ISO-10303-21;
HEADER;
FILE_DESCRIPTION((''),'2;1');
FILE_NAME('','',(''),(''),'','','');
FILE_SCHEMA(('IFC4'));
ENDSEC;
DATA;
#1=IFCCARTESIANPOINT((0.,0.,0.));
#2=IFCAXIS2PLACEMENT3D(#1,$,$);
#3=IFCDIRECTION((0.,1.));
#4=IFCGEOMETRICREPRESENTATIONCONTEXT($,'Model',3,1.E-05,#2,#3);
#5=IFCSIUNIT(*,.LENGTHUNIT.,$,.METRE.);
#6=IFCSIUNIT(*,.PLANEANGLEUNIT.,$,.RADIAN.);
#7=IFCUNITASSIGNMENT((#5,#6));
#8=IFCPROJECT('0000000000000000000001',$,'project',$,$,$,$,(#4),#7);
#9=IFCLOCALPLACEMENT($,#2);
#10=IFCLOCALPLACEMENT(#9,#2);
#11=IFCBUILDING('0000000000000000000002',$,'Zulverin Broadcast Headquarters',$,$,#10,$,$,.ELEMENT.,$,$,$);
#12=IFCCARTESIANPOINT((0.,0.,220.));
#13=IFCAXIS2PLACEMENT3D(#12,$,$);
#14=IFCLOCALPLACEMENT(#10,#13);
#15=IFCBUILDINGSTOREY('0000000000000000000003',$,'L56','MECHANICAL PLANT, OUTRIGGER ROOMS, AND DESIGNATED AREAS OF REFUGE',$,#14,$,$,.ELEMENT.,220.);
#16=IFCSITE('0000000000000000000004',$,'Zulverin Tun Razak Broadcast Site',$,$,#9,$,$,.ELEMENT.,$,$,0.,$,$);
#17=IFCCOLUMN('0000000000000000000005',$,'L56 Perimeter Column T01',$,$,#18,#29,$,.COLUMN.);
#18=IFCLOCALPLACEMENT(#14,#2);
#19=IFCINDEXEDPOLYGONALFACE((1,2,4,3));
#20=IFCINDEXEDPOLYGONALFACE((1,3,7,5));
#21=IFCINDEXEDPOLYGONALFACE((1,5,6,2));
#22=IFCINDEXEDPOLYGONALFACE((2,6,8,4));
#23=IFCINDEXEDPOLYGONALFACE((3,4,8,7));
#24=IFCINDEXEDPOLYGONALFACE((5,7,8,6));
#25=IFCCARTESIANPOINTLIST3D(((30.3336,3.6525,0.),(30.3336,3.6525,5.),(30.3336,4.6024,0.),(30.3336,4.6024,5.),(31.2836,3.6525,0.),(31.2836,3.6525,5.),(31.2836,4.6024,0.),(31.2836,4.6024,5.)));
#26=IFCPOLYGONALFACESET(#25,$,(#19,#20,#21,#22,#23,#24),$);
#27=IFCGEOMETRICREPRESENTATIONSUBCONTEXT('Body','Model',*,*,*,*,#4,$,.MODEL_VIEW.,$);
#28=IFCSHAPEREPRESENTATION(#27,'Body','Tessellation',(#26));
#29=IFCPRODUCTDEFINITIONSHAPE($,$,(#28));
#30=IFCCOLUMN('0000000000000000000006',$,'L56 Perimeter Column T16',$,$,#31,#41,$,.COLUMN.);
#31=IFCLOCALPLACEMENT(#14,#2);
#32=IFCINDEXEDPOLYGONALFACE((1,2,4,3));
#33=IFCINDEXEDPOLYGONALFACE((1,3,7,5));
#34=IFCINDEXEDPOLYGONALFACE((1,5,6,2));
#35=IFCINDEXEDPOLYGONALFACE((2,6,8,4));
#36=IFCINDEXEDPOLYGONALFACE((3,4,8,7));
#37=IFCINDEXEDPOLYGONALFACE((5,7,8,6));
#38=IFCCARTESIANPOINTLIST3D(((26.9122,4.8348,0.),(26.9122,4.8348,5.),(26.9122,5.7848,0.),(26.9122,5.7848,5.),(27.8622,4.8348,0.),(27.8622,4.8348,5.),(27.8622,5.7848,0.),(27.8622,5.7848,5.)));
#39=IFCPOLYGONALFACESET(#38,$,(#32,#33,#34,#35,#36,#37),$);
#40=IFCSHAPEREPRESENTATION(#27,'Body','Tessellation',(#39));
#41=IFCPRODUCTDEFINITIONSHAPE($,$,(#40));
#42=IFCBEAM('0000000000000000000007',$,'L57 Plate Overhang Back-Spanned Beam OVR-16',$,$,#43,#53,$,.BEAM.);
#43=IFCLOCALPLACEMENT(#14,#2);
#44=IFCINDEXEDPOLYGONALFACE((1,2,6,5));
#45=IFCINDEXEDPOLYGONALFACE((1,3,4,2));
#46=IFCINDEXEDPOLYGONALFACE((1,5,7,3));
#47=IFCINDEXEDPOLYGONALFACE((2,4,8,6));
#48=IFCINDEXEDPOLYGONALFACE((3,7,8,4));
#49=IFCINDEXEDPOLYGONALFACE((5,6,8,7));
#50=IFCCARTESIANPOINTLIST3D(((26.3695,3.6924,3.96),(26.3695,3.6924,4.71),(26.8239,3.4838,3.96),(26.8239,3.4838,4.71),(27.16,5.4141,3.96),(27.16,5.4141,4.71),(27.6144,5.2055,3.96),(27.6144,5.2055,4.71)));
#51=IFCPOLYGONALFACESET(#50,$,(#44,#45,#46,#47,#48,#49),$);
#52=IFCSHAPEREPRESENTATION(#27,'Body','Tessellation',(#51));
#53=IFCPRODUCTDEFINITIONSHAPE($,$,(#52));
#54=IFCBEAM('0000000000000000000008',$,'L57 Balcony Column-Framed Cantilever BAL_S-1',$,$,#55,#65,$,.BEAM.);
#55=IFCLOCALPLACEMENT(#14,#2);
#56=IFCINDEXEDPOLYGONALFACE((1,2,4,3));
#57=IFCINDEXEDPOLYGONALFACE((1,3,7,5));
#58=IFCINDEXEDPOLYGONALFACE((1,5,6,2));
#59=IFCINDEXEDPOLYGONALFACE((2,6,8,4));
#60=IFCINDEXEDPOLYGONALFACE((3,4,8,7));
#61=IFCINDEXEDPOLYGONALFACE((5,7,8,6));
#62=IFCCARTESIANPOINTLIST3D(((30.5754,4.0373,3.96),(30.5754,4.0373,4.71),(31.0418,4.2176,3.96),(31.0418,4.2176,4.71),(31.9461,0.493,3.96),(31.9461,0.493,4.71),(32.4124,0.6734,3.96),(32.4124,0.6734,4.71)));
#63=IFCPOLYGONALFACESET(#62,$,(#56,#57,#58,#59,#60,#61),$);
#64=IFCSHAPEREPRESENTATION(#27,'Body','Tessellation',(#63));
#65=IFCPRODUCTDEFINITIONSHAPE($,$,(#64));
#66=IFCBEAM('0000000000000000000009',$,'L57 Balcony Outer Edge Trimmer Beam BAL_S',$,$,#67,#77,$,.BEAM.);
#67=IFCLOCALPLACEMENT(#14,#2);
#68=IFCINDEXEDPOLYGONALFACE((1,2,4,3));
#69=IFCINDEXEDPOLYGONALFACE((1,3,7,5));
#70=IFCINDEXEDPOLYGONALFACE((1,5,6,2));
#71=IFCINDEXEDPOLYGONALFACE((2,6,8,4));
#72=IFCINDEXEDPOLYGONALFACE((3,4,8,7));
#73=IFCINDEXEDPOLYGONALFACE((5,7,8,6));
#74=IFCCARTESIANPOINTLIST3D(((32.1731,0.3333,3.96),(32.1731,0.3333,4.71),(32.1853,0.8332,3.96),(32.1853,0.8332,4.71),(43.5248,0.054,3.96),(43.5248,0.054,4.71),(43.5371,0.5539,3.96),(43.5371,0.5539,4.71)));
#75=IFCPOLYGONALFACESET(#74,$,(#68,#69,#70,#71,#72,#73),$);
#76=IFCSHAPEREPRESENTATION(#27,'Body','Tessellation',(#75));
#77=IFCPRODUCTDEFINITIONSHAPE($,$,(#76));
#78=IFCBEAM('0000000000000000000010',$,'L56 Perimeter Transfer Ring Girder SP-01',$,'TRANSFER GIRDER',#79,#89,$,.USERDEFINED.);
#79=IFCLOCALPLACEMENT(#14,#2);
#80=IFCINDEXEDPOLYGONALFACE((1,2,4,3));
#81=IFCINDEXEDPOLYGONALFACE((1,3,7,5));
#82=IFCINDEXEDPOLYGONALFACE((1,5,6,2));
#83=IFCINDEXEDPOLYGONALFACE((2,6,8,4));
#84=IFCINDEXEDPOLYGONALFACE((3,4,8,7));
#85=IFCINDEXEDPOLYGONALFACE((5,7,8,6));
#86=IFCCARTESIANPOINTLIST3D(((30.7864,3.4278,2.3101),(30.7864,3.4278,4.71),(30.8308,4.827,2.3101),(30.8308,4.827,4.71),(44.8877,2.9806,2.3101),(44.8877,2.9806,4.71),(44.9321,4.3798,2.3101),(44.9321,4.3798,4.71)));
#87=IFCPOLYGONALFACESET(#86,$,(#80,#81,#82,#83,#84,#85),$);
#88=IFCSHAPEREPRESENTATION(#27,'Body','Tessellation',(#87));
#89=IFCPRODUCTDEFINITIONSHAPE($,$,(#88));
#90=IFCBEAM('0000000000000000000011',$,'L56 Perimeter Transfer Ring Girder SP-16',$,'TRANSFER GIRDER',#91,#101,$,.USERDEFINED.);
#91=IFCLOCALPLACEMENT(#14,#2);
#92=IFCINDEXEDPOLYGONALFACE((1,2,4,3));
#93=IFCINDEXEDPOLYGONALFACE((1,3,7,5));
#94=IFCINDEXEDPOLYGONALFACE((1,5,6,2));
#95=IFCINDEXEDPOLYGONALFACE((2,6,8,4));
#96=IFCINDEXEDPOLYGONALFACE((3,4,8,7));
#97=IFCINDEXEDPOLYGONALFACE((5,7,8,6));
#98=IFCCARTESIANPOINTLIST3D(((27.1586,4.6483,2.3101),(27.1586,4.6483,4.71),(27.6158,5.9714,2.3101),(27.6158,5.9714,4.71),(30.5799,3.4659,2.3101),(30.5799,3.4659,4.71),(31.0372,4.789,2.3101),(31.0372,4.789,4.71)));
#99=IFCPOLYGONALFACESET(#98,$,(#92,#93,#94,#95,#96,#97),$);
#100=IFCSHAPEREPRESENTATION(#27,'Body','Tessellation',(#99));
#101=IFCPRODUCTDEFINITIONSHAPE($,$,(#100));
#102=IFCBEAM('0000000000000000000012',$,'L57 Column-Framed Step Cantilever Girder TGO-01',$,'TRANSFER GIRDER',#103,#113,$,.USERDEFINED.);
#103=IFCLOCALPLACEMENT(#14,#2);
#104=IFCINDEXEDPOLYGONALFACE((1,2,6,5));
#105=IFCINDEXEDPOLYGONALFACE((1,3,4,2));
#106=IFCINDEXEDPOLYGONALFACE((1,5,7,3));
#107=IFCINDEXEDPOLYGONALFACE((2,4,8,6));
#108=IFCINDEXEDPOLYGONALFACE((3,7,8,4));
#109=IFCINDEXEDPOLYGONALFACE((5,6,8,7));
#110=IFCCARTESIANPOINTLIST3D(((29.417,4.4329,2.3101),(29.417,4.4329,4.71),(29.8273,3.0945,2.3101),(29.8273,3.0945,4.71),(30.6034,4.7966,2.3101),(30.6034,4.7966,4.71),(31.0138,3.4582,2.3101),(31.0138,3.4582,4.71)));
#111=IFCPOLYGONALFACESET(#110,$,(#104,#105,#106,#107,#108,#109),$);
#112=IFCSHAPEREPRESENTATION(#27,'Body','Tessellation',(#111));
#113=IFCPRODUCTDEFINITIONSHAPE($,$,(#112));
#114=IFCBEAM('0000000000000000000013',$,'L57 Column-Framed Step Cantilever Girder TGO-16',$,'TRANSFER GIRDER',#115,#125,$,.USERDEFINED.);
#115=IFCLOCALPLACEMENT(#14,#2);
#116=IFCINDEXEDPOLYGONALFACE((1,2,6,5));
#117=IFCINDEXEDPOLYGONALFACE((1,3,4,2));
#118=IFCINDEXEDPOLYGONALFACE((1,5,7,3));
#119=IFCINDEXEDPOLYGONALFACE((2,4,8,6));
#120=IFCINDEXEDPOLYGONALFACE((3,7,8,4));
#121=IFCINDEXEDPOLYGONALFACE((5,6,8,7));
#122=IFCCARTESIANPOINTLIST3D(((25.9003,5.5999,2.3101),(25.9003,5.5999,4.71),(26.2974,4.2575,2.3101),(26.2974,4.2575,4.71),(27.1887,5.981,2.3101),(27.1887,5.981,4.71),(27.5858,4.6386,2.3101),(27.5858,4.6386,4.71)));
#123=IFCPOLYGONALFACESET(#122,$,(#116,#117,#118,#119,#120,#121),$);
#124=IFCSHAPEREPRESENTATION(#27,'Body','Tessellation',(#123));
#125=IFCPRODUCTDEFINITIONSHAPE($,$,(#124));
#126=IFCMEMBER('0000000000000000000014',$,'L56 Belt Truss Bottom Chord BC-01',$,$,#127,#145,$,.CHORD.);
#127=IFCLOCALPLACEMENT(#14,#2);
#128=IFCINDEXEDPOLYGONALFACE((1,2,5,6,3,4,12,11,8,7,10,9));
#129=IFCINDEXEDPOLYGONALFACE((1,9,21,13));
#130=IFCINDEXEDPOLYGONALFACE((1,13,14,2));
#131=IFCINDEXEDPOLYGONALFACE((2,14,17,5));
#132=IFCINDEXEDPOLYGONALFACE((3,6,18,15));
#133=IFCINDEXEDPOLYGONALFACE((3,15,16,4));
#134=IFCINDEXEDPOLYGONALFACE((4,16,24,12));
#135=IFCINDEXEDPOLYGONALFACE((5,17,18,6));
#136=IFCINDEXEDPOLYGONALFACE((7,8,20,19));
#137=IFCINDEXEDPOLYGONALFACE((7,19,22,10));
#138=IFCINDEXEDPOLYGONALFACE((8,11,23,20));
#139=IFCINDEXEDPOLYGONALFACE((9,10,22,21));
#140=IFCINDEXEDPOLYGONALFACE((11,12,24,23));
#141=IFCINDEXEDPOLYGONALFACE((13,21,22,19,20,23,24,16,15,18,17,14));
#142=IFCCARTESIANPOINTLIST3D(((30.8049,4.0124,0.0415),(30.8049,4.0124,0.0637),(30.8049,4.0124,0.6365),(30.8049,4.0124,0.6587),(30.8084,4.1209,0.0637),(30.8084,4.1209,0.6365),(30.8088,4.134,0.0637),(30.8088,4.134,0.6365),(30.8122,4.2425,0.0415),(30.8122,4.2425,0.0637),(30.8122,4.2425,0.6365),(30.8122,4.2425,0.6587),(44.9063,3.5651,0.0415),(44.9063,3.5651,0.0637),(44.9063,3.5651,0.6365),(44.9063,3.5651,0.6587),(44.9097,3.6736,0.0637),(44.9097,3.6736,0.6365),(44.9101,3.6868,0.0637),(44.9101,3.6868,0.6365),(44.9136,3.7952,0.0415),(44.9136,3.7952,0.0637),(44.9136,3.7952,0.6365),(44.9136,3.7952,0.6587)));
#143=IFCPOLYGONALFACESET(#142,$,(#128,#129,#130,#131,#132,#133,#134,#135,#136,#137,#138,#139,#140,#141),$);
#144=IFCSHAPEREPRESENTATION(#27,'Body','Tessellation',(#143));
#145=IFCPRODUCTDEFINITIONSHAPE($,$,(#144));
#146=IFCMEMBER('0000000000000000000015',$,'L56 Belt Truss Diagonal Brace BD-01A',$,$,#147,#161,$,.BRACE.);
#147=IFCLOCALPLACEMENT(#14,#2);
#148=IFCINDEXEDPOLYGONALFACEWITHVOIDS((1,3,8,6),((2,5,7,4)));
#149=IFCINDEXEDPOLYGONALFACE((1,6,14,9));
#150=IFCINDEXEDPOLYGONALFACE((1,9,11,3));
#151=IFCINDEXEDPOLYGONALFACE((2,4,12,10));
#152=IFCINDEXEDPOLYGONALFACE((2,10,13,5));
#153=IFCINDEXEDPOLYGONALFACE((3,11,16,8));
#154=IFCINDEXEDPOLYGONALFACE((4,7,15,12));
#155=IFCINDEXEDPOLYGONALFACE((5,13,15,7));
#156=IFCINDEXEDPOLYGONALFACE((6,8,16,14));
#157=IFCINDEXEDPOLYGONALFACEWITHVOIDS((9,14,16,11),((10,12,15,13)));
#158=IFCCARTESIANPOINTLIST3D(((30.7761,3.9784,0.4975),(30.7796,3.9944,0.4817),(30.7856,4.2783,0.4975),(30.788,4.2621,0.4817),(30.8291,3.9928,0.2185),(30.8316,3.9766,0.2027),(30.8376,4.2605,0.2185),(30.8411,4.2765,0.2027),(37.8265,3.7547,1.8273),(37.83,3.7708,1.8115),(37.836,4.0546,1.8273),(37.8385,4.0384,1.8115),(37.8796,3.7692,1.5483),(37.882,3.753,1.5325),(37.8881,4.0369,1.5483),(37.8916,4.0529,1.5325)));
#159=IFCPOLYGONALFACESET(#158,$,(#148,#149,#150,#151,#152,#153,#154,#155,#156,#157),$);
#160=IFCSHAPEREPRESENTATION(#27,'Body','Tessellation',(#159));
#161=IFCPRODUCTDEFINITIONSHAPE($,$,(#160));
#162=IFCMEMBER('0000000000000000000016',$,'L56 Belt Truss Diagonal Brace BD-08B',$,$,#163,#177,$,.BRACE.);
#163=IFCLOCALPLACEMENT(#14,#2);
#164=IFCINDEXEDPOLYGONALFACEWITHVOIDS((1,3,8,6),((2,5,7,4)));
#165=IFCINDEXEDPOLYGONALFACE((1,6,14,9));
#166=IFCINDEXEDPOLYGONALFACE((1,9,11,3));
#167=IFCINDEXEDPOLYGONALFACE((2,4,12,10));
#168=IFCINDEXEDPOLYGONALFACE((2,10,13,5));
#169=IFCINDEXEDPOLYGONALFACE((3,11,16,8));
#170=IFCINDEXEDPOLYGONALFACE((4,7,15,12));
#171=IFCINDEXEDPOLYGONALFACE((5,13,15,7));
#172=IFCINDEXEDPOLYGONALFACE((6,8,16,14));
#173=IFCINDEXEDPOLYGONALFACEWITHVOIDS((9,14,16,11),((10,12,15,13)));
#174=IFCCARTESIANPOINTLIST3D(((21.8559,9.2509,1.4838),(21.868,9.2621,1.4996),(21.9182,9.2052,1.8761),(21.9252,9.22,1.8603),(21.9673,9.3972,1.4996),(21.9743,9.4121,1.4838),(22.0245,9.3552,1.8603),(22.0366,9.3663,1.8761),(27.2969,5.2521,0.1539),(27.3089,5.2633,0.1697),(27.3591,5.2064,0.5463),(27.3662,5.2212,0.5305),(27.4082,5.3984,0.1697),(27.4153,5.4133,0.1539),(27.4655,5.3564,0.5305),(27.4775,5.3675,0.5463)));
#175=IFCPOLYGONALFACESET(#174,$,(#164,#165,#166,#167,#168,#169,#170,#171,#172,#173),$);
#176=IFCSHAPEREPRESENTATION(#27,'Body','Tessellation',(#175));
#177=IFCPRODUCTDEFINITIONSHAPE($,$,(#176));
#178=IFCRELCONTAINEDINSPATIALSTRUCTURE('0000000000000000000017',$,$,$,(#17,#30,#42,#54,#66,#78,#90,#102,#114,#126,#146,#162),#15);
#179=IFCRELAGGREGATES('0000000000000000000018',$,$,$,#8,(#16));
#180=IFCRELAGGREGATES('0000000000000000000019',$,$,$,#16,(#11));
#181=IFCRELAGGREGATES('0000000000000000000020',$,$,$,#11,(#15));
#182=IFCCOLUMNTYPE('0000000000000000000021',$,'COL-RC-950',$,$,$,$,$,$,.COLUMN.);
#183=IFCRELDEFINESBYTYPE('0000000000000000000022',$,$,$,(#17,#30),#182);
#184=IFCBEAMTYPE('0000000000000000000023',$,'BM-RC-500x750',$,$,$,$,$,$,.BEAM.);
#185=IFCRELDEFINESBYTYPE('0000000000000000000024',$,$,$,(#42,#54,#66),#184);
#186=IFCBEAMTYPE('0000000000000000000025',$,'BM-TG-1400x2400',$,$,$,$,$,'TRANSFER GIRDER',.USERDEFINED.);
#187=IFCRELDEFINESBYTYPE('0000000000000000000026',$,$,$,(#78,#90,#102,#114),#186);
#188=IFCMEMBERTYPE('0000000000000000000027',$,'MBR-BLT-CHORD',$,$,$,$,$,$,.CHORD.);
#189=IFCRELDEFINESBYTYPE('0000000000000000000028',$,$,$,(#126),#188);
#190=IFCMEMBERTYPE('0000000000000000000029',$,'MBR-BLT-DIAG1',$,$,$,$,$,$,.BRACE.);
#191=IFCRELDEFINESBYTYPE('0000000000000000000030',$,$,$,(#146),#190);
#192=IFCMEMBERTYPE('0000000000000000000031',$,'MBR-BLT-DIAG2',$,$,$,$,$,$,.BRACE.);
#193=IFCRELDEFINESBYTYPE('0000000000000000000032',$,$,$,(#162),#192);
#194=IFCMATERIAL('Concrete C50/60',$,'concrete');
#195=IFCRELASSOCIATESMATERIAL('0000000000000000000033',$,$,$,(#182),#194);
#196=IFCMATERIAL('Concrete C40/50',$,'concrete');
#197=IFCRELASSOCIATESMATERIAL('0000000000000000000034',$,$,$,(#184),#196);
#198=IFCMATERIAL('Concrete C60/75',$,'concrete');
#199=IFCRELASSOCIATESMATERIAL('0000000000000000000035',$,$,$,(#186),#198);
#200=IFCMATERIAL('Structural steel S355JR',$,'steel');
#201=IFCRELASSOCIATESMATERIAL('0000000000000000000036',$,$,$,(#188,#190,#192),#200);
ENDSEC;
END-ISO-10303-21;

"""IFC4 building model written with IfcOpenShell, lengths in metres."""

from ifc_helpers import new_model, si_unit, direction, frame, origin, origin_2d, place, context, subcontext, project, spatial, rectangle, hollow_rectangle, i_section, extrude, material, material_profile, profile_set, type_object, element, save


model = new_model("IFC4")

# Units and contexts
model_context = context("Model", 3, precision=1e-05, world=origin(), true_north=direction((0.0, 1.0)))
body_context = subcontext(model_context, "Body", "Model", "MODEL_VIEW")
ifc_project = project(units=[si_unit("LENGTHUNIT", "METRE"), si_unit("PLANEANGLEUNIT", "RADIAN")], contexts=[model_context])

# Site, building, storey
site_placement = place(None, origin())
site = spatial("IfcSite", under=ifc_project, at=site_placement, Name="Zulverin Tun Razak Broadcast Site", CompositionType="ELEMENT", RefElevation=0.0)
building_placement = place(site_placement, origin())
building = spatial("IfcBuilding", under=site, at=building_placement, Name="Zulverin Broadcast Headquarters", CompositionType="ELEMENT")
storey_placement = place(building_placement, frame((0.0, 0.0, 220.0)))
storey = spatial("IfcBuildingStorey", under=building, at=storey_placement, Name="L56", Description="MECHANICAL PLANT, OUTRIGGER ROOMS, AND DESIGNATED AREAS OF REFUGE", CompositionType="ELEMENT", Elevation=220.0)

# Columns
ifc_material_1 = material(Name="Concrete C50/60", Category="concrete")
ifc_material_profile_1 = material_profile(ifc_material_1, rectangle(XDim=0.95, YDim=0.95, at=origin_2d()), Name="Concrete C50/60", Category="concrete")
ifc_profile_set_1 = profile_set([ifc_material_profile_1], Name="Concrete C50/60")
column_type = type_object("IfcColumnType", Name="COL-RC-950", PredefinedType="COLUMN", material=ifc_profile_set_1)
for number, where, z_axis, x_axis, name in (
    (1, (30.8086, 4.1274, 0.0), (0.0, 0.0, 1.0), (1.0, 0.0, 0.0), "L56 Perimeter Column T01"),
    (2, (27.3872, 5.3098, 0.0), (0.0, 0.0, 1.0), (1.0, 0.0, 0.0), "L56 Perimeter Column T16"),
):
    element("IfcColumn", number, at=place(storey_placement, frame(where, z_axis=z_axis, x_axis=x_axis)), inside=storey, type_object=column_type, Name=name, PredefinedType="COLUMN", context=body_context, shape_type="SweptSolid", body=[
        extrude(rectangle(XDim=0.95, YDim=0.95, at=origin_2d()), origin(), (0.0, 0.0, 1.0), 5.0),
    ])

# Beams
ifc_material_2 = material(Name="Concrete C40/50", Category="concrete")
ifc_material_profile_2 = material_profile(ifc_material_2, rectangle(XDim=0.5, YDim=0.75, at=origin_2d()), Name="Concrete C40/50", Category="concrete")
ifc_profile_set_2 = profile_set([ifc_material_profile_2], Name="Concrete C40/50")
beam_type_1 = type_object("IfcBeamType", Name="BM-RC-500x750", PredefinedType="BEAM", material=ifc_profile_set_2)
beam_1_placement = place(storey_placement, frame((27.3872, 5.3098, 4.335), z_axis=(-0.417276, -0.90878, 0.0), x_axis=(0.90878, -0.417276, 0.0)))
element("IfcBeam", 3, at=beam_1_placement, inside=storey, type_object=beam_type_1, Name="L57 Plate Overhang Back-Spanned Beam OVR-16", PredefinedType="BEAM", context=body_context, shape_type="SweptSolid", body=[
    extrude(rectangle(XDim=0.5, YDim=0.75, at=origin_2d()), origin(), (0.0, 0.0, 1.0), 1.8945),
])
beam_2_placement = place(storey_placement, frame((30.8086, 4.1274, 4.335), z_axis=(0.360688, -0.932687, 0.0), x_axis=(0.932687, 0.360688, 0.0)))
element("IfcBeam", 4, at=beam_2_placement, inside=storey, type_object=beam_type_1, Name="L57 Balcony Column-Framed Cantilever BAL_S-1", PredefinedType="BEAM", context=body_context, shape_type="SweptSolid", body=[
    extrude(rectangle(XDim=0.5, YDim=0.75, at=origin_2d()), origin(), (0.0, 0.0, 1.0), 3.8),
])
beam_3_placement = place(storey_placement, frame((32.1792, 0.5833, 4.335), z_axis=(0.999697, -0.024596, 0.0), x_axis=(0.024596, 0.999697, 0.0)))
element("IfcBeam", 5, at=beam_3_placement, inside=storey, type_object=beam_type_1, Name="L57 Balcony Outer Edge Trimmer Beam BAL_S", PredefinedType="BEAM", context=body_context, shape_type="SweptSolid", body=[
    extrude(rectangle(XDim=0.5, YDim=0.75, at=origin_2d()), origin(), (0.0, 0.0, 1.0), 11.3552),
])
ifc_material_3 = material(Name="Concrete C60/75", Category="concrete")
ifc_material_profile_3 = material_profile(ifc_material_3, rectangle(XDim=1.3999, YDim=2.3999, at=origin_2d()), Name="Concrete C60/75", Category="concrete")
ifc_profile_set_3 = profile_set([ifc_material_profile_3], Name="Concrete C60/75")
beam_type_2 = type_object("IfcBeamType", Name="BM-TG-1400x2400", ElementType="TRANSFER GIRDER", PredefinedType="USERDEFINED", material=ifc_profile_set_3)
beam_4_placement = place(storey_placement, frame((30.8086, 4.1274, 3.51), z_axis=(0.999497, -0.031702, 0.0), x_axis=(0.031702, 0.999497, 0.0)))
element("IfcBeam", 6, at=beam_4_placement, inside=storey, type_object=beam_type_2, Name="L56 Perimeter Transfer Ring Girder SP-01", ObjectType="TRANSFER GIRDER", PredefinedType="USERDEFINED", context=body_context, shape_type="SweptSolid", body=[
    extrude(rectangle(XDim=1.3999, YDim=2.3999, at=origin_2d()), origin(), (0.0, 0.0, 1.0), 14.1084),
])
beam_5_placement = place(storey_placement, frame((27.3872, 5.3098, 3.51), z_axis=(0.945153, -0.326629, 0.0), x_axis=(0.326629, 0.945153, 0.0)))
element("IfcBeam", 7, at=beam_5_placement, inside=storey, type_object=beam_type_2, Name="L56 Perimeter Transfer Ring Girder SP-16", ObjectType="TRANSFER GIRDER", PredefinedType="USERDEFINED", context=body_context, shape_type="SweptSolid", body=[
    extrude(rectangle(XDim=1.3999, YDim=2.3999, at=origin_2d()), origin(), (0.0, 0.0, 1.0), 3.6199),
])
beam_6_placement = place(storey_placement, frame((30.8086, 4.1274, 3.51), z_axis=(-0.956076, -0.293118, 0.0), x_axis=(0.293118, -0.956076, 0.0)))
element("IfcBeam", 8, at=beam_6_placement, inside=storey, type_object=beam_type_2, Name="L57 Column-Framed Step Cantilever Girder TGO-01", ObjectType="TRANSFER GIRDER", PredefinedType="USERDEFINED", context=body_context, shape_type="SweptSolid", body=[
    extrude(rectangle(XDim=1.3999, YDim=2.3999, at=origin_2d()), origin(), (0.0, 0.0, 1.0), 1.241),
])
beam_7_placement = place(storey_placement, frame((27.3872, 5.3098, 3.51), z_axis=(-0.958925, -0.283661, 0.0), x_axis=(0.283661, -0.958925, 0.0)))
element("IfcBeam", 9, at=beam_7_placement, inside=storey, type_object=beam_type_2, Name="L57 Column-Framed Step Cantilever Girder TGO-16", ObjectType="TRANSFER GIRDER", PredefinedType="USERDEFINED", context=body_context, shape_type="SweptSolid", body=[
    extrude(rectangle(XDim=1.3999, YDim=2.3999, at=origin_2d()), origin(), (0.0, 0.0, 1.0), 1.3435),
])

# Members
ifc_material_4 = material(Name="Structural steel S355JR", Category="steel")
ifc_material_profile_4 = material_profile(ifc_material_4, i_section(OverallWidth=0.2302, OverallDepth=0.6172, WebThickness=0.0132, FlangeThickness=0.0222, at=origin_2d()), Name="Structural steel S355JR", Category="steel")
ifc_profile_set_4 = profile_set([ifc_material_profile_4], Name="Structural steel S355JR")
member_type_1 = type_object("IfcMemberType", Name="MBR-BLT-CHORD", PredefinedType="CHORD", material=ifc_profile_set_4)
member_1_placement = place(storey_placement, frame((30.8086, 4.1274, 0.3501), z_axis=(0.999497, -0.031702, 0.0), x_axis=(0.031702, 0.999497, 0.0)))
element("IfcMember", 10, at=member_1_placement, inside=storey, type_object=member_type_1, Name="L56 Belt Truss Bottom Chord BC-01", PredefinedType="CHORD", context=body_context, shape_type="SweptSolid", body=[
    extrude(i_section(OverallWidth=0.2302, OverallDepth=0.6172, WebThickness=0.0132, FlangeThickness=0.0222, at=origin_2d()), origin(), (0.0, 0.0, 1.0), 14.1084),
])
ifc_material_profile_5 = material_profile(ifc_material_4, hollow_rectangle(XDim=0.3, YDim=0.3, WallThickness=0.0161, at=origin_2d()), Name="Structural steel S355JR", Category="steel")
ifc_profile_set_5 = profile_set([ifc_material_profile_5], Name="Structural steel S355JR")
member_type_2 = type_object("IfcMemberType", Name="MBR-BLT-DIAG1", PredefinedType="BRACE", material=ifc_profile_set_5)
member_2_placement = place(storey_placement, frame((30.8086, 4.1274, 0.3501), z_axis=(0.982196, -0.031154, 0.185257), x_axis=(0.031703, 0.999497, 0.0)))
element("IfcMember", 11, at=member_2_placement, inside=storey, type_object=member_type_2, Name="L56 Belt Truss Diagonal Brace BD-01A", PredefinedType="BRACE", context=body_context, shape_type="SweptSolid", body=[
    extrude(hollow_rectangle(XDim=0.3, YDim=0.3, WallThickness=0.0161, at=origin_2d()), origin(), (0.0, 0.0, 1.0), 7.1782),
])
ifc_material_profile_6 = material_profile(ifc_material_4, hollow_rectangle(XDim=0.2, YDim=0.3999, WallThickness=0.0161, at=origin_2d()), Name="Structural steel S355JR", Category="steel")
ifc_profile_set_6 = profile_set([ifc_material_profile_6], Name="Structural steel S355JR")
member_type_3 = type_object("IfcMemberType", Name="MBR-BLT-DIAG2", PredefinedType="BRACE", material=ifc_profile_set_6)
member_3_placement = place(storey_placement, frame((27.3872, 5.3098, 0.3501), z_axis=(-0.790598, 0.581047, 0.193233), x_axis=(-0.592208, -0.805785, 0.0)))
element("IfcMember", 12, at=member_3_placement, inside=storey, type_object=member_type_3, Name="L56 Belt Truss Diagonal Brace BD-08B", PredefinedType="BRACE", context=body_context, shape_type="SweptSolid", body=[
    extrude(hollow_rectangle(XDim=0.2, YDim=0.3999, WallThickness=0.0161, at=origin_2d()), origin(), (0.0, 0.0, 1.0), 6.8821),
])

save(model, "model.ifc")
